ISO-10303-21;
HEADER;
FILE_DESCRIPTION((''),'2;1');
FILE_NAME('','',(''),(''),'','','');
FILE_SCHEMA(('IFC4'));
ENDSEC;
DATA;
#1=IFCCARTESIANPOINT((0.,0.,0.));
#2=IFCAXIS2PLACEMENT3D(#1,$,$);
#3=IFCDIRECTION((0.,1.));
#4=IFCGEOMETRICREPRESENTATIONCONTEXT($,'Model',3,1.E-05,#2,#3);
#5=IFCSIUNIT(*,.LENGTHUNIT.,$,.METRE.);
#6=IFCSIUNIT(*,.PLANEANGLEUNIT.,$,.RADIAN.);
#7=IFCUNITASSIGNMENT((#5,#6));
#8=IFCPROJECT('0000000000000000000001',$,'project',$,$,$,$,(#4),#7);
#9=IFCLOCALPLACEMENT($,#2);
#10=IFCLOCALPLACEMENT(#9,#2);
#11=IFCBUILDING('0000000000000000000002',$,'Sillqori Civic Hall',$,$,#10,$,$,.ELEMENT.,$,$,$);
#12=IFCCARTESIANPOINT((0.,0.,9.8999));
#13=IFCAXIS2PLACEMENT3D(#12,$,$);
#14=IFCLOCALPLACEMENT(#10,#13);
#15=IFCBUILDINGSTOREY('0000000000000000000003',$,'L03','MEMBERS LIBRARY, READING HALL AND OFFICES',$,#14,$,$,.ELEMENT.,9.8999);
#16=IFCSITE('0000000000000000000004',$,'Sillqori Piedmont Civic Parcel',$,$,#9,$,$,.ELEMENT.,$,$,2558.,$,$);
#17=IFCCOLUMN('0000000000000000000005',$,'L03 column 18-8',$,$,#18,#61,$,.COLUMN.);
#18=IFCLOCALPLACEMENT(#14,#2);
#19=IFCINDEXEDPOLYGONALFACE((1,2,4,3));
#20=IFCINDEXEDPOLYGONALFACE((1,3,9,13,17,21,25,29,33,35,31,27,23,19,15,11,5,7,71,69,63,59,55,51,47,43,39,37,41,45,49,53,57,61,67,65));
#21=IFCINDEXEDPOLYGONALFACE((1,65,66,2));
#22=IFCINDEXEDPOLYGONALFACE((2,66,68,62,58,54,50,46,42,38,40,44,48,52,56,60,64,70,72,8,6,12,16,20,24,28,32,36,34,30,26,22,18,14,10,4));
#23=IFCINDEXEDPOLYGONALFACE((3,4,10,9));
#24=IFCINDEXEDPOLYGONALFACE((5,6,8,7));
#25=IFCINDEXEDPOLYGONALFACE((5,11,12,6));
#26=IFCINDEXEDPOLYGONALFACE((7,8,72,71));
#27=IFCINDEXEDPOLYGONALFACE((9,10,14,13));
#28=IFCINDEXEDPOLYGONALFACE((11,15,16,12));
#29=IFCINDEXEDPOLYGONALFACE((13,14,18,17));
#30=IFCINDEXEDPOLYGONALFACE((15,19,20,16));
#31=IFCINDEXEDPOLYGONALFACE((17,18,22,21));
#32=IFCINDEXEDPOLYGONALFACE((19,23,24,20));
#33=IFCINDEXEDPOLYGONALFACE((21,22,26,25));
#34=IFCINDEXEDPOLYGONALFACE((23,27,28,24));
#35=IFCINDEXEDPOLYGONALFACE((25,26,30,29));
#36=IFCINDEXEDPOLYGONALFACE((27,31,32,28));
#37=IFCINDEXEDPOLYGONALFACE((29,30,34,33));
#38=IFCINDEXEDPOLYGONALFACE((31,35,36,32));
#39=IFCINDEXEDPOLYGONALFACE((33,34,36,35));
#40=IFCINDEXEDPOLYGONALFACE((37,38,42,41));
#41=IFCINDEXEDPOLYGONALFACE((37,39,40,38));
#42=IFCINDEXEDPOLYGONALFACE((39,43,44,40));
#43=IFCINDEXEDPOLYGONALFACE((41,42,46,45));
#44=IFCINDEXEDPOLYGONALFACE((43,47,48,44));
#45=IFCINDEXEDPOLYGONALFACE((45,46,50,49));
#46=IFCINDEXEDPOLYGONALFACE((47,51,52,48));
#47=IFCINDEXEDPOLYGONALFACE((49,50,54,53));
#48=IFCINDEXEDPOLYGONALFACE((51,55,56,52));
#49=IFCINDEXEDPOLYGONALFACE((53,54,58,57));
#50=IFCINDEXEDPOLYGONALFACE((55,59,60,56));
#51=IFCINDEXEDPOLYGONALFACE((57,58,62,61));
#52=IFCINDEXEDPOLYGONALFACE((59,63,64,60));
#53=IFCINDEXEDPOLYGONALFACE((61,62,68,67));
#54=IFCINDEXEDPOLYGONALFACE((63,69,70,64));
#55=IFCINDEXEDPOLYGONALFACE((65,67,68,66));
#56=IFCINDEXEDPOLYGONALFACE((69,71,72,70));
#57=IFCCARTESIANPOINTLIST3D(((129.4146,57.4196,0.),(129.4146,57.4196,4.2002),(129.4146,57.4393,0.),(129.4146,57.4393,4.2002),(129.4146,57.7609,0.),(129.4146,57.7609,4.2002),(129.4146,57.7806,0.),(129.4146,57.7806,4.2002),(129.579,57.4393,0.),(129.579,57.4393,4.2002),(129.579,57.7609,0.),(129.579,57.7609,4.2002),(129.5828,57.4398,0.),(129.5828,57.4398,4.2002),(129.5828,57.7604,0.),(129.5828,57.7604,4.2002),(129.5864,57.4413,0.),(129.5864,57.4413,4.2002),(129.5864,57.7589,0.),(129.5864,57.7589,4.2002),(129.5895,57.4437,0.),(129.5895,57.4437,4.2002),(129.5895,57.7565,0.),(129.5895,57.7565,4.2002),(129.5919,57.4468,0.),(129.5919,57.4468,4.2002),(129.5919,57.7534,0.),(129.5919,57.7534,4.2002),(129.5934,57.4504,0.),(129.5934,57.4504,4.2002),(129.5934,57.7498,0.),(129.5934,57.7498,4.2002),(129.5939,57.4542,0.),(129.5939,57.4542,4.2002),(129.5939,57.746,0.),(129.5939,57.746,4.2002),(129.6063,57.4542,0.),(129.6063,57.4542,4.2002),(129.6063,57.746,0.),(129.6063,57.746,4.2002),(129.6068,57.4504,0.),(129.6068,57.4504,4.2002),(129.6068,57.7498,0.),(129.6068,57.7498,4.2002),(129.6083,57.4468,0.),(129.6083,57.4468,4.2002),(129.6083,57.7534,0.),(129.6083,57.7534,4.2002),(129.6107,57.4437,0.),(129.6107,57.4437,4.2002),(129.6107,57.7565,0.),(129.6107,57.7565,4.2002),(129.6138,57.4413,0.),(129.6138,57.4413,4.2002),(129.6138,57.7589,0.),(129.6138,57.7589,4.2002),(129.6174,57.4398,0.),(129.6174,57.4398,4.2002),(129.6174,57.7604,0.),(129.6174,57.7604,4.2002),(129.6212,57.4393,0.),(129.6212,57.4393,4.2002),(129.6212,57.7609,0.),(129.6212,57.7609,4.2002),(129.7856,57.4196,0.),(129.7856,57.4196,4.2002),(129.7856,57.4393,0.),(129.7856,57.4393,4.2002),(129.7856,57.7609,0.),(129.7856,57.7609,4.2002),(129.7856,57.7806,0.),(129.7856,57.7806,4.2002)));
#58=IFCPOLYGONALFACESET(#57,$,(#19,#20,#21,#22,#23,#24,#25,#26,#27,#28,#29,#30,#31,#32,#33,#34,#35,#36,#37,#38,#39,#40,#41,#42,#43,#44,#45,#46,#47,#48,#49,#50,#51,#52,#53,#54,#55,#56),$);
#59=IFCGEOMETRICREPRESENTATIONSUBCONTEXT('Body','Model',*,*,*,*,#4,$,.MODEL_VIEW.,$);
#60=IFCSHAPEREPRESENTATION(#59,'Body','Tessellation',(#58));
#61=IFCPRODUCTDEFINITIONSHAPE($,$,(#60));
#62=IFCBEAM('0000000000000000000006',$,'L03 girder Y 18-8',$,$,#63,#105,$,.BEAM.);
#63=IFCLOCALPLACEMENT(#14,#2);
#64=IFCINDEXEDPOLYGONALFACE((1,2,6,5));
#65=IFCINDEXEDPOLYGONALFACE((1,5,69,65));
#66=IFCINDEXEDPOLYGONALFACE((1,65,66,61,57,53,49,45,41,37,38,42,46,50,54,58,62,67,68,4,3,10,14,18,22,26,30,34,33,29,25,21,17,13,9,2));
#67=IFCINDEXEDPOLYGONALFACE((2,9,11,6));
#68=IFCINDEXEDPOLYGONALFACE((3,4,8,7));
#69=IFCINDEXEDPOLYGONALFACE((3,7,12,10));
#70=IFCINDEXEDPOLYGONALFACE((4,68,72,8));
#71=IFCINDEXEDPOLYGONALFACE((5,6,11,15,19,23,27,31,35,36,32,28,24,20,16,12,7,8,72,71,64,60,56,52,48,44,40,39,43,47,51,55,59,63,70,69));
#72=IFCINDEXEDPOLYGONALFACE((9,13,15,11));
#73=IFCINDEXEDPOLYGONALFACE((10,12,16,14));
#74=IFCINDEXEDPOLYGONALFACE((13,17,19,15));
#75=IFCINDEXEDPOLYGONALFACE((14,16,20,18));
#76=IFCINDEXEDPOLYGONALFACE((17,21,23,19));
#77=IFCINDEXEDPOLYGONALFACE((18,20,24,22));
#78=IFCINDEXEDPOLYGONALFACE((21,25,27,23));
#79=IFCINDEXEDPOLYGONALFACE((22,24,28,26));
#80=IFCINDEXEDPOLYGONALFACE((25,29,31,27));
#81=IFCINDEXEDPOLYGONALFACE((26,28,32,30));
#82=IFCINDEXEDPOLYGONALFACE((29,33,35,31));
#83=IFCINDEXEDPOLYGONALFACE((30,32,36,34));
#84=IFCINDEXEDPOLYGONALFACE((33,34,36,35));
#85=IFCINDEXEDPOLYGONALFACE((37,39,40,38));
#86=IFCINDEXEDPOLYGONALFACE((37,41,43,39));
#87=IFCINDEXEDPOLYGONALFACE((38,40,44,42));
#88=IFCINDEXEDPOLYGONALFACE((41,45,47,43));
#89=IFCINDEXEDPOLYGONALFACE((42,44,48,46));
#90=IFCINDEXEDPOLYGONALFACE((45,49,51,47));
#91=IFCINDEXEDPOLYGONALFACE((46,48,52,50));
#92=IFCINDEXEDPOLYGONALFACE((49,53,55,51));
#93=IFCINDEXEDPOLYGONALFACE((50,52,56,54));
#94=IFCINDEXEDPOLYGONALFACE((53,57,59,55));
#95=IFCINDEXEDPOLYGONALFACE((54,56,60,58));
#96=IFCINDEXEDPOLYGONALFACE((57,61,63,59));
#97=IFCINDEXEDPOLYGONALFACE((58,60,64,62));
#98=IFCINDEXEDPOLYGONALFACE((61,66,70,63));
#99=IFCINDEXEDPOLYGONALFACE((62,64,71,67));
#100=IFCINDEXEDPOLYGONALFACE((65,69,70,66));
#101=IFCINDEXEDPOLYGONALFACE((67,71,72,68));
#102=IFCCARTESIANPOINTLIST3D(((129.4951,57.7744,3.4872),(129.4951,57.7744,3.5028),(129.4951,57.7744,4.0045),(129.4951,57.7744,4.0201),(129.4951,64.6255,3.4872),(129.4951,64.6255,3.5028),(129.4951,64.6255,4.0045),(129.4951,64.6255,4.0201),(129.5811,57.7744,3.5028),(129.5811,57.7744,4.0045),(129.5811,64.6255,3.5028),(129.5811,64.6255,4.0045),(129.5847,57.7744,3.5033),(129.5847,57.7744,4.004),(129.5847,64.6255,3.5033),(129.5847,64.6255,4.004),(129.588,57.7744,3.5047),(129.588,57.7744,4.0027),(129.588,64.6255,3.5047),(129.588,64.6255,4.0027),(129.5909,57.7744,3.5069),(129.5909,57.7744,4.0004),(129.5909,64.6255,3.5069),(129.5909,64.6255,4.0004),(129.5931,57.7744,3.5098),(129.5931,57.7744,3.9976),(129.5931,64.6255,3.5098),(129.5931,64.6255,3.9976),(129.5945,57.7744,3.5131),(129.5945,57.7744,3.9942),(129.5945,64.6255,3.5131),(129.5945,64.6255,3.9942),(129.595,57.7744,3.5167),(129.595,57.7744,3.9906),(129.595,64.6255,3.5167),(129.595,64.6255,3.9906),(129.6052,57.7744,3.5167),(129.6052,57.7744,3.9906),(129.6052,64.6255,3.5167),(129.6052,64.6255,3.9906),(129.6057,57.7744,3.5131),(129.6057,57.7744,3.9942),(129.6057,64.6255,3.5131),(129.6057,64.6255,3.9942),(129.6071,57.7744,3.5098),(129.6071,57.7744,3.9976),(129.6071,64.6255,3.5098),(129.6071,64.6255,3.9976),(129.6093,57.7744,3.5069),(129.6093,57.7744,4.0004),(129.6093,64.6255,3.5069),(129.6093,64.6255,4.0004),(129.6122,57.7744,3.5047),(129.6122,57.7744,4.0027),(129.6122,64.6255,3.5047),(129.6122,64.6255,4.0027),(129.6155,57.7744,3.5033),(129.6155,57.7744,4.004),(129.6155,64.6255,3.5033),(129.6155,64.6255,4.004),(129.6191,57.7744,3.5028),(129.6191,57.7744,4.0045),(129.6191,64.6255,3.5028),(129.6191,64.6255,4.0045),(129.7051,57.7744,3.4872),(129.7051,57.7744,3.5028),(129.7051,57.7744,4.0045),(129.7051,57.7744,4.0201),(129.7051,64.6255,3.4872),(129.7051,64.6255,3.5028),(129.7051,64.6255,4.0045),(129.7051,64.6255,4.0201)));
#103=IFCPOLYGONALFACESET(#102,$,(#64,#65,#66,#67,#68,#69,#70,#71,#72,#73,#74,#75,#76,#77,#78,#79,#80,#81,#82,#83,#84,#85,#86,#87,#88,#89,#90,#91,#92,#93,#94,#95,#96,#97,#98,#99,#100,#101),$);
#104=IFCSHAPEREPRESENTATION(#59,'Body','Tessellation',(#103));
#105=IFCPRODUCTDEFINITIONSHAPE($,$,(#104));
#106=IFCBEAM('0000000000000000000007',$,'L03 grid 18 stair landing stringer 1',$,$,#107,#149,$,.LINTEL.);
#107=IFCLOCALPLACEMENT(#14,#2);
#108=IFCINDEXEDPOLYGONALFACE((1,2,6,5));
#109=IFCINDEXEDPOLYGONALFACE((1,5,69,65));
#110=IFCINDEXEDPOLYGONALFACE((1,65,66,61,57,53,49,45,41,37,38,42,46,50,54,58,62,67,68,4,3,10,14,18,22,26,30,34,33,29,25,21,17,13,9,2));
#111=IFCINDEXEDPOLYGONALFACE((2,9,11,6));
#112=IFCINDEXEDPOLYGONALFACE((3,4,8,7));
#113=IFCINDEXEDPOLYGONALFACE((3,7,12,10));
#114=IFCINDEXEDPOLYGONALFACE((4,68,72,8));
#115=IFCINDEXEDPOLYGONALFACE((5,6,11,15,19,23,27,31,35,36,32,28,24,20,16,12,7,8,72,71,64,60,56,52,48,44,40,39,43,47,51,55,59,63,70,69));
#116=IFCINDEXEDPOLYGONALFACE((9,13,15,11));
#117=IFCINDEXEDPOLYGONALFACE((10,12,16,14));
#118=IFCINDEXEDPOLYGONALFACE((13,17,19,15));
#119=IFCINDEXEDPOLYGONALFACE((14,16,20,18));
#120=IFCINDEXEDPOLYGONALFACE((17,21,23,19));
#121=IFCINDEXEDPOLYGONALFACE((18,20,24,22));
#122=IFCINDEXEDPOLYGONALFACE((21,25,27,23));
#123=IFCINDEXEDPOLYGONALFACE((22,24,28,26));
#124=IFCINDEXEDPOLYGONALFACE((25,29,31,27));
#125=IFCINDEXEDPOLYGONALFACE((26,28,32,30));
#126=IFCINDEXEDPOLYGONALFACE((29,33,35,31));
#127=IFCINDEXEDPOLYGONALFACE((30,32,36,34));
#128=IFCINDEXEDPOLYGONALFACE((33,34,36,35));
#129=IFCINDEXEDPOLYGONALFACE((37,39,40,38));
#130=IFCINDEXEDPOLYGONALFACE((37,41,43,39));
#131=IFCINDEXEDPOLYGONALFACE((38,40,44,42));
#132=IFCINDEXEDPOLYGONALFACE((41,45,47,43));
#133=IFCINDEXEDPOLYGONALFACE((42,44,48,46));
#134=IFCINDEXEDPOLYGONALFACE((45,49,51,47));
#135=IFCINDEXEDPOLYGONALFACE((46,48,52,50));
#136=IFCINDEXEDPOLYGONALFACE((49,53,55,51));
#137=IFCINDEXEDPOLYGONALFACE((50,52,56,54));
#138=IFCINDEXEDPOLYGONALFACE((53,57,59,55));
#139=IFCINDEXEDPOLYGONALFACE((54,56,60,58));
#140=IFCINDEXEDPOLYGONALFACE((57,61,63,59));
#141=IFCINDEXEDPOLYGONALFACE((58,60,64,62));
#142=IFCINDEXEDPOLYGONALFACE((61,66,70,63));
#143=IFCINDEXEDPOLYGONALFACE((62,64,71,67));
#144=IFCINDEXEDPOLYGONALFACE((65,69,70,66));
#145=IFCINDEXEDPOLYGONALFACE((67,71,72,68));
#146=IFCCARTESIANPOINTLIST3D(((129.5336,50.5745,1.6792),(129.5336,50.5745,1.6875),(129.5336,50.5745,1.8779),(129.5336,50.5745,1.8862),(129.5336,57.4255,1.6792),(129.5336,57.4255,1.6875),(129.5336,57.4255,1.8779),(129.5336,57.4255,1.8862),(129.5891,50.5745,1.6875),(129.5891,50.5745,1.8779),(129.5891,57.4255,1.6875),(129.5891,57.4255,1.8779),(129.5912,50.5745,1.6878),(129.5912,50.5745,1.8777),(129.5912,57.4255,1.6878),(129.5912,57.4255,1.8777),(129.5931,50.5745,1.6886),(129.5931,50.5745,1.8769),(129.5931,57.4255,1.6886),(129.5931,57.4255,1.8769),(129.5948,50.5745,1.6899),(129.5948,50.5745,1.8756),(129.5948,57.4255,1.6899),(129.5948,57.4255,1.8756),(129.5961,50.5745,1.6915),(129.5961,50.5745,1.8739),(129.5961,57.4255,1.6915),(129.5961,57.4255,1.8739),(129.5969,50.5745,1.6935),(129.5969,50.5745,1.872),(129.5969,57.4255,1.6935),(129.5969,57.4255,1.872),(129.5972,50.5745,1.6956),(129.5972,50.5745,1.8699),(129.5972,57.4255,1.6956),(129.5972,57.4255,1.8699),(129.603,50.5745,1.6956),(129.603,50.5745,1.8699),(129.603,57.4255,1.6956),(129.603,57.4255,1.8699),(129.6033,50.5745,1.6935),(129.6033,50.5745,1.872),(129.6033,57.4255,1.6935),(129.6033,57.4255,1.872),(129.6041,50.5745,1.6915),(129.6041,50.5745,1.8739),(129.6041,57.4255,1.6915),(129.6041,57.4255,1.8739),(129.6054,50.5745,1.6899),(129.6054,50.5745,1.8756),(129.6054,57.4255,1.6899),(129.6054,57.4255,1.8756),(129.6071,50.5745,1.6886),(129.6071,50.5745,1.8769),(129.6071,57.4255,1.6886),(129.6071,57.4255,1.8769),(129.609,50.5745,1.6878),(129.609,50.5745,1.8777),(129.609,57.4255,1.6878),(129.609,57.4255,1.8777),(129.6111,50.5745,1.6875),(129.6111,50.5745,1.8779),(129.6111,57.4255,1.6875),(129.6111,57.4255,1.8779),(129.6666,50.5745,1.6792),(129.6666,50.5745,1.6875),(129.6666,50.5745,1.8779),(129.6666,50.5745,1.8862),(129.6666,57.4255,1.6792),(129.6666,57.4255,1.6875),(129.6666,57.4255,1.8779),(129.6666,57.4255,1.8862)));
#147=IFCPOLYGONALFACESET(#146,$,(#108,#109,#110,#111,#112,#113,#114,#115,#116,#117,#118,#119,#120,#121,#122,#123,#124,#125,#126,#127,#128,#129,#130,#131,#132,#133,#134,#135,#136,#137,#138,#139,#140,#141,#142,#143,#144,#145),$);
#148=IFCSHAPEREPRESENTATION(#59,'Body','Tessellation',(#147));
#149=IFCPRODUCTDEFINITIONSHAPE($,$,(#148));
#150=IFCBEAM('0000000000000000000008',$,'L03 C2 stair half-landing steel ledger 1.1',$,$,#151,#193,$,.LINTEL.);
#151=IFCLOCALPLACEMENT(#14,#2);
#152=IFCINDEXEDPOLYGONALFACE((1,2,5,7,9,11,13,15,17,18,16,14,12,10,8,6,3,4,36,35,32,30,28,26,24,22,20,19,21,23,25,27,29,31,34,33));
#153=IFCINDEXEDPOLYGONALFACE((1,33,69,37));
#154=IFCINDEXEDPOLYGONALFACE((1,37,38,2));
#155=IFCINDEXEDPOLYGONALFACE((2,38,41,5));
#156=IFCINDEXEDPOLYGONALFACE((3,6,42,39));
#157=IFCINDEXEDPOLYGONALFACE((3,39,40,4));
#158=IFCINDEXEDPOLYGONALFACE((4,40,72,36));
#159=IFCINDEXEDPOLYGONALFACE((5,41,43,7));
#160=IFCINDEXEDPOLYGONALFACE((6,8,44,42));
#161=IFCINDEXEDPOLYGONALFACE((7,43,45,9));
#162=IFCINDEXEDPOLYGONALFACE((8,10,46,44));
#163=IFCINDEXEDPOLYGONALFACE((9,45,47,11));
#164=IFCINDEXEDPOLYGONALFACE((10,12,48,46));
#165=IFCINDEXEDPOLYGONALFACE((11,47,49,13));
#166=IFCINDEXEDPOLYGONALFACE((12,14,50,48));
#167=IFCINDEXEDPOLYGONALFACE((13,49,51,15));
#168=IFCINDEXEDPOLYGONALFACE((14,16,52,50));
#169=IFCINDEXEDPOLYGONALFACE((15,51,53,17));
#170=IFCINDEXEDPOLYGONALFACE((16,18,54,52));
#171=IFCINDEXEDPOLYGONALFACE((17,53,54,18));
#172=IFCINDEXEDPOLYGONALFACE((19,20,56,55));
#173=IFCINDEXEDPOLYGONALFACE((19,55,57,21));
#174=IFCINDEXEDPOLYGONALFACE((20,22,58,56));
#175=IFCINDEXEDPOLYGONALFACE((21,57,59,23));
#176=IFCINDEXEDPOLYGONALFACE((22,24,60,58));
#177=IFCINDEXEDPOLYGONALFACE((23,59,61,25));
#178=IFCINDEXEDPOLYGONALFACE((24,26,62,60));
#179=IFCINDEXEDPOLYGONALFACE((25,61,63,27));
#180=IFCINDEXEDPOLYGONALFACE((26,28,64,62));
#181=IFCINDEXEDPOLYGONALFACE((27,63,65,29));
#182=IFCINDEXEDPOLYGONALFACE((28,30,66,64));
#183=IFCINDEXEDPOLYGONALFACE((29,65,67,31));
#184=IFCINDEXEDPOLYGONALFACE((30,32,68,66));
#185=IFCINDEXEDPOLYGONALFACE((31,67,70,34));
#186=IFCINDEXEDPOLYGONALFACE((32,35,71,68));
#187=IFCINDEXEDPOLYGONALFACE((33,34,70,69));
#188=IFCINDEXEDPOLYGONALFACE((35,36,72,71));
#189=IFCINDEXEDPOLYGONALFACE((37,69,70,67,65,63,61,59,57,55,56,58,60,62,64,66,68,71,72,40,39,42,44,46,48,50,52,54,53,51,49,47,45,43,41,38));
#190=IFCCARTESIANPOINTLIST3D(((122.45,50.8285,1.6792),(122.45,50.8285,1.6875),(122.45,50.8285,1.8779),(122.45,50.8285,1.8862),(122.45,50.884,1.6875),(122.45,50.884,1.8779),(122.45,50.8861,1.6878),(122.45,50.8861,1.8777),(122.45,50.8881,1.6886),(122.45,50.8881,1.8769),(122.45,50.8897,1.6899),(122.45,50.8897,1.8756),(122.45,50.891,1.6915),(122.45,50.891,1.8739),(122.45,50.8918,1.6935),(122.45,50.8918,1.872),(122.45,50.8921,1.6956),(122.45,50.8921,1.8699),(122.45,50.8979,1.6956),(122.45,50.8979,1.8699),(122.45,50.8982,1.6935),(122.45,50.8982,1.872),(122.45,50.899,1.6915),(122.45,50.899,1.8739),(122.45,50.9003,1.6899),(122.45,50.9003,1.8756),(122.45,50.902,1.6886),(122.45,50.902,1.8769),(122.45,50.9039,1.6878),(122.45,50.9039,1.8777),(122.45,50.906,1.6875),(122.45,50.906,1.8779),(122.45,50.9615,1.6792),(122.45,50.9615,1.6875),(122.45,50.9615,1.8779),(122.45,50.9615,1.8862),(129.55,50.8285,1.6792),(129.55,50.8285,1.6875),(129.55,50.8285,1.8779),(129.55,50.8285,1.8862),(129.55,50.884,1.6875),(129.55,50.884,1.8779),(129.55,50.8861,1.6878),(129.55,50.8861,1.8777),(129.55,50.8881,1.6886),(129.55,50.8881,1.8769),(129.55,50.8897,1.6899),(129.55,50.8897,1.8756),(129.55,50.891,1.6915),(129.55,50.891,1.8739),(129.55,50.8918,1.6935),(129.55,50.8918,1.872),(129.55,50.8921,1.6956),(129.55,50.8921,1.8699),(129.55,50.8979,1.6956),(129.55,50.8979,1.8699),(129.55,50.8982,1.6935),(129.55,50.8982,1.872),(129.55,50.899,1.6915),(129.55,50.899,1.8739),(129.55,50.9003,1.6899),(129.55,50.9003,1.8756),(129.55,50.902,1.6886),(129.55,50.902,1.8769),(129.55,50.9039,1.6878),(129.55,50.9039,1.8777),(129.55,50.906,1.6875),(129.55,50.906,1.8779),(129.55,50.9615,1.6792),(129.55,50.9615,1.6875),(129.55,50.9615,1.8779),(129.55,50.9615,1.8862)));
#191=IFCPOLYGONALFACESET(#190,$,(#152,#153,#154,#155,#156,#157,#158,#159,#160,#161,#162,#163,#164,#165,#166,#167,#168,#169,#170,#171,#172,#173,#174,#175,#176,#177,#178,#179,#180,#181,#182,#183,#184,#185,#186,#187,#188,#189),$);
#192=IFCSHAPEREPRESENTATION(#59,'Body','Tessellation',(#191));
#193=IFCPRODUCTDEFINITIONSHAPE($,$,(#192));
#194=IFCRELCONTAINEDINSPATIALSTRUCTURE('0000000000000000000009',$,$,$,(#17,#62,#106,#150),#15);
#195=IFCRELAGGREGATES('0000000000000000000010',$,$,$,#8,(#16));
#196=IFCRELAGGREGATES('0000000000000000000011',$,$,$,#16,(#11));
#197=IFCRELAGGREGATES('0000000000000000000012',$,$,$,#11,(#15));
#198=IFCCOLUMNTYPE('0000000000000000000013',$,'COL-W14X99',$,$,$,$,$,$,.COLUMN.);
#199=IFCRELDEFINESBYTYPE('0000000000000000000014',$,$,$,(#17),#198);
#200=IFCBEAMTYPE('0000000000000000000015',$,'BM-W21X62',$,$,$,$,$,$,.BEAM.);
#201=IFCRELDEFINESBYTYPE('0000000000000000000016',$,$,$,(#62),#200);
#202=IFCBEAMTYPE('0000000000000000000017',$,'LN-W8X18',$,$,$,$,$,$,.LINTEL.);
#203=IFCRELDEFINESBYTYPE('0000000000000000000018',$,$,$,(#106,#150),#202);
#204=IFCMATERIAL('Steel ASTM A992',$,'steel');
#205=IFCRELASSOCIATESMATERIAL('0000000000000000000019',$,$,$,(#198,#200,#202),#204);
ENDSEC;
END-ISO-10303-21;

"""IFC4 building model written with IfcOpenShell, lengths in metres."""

from ifc_helpers import new_model, si_unit, direction, frame, origin, origin_2d, place, context, subcontext, project, spatial, i_section, extrude, material, material_profile, profile_set, type_object, element, save


model = new_model("IFC4")

# Units and contexts
model_context = context("Model", 3, precision=1e-05, world=origin(), true_north=direction((0.0, 1.0)))
body_context = subcontext(model_context, "Body", "Model", "MODEL_VIEW")
ifc_project = project(units=[si_unit("LENGTHUNIT", "METRE"), si_unit("PLANEANGLEUNIT", "RADIAN")], contexts=[model_context])

# Site, building, storey
site_placement = place(None, origin())
site = spatial("IfcSite", under=ifc_project, at=site_placement, Name="Sillqori Piedmont Civic Parcel", CompositionType="ELEMENT", RefElevation=2558.0)
building_placement = place(site_placement, origin())
building = spatial("IfcBuilding", under=site, at=building_placement, Name="Sillqori Civic Hall", CompositionType="ELEMENT")
storey_placement = place(building_placement, frame((0.0, 0.0, 9.8999)))
storey = spatial("IfcBuildingStorey", under=building, at=storey_placement, Name="L03", Description="MEMBERS LIBRARY, READING HALL AND OFFICES", CompositionType="ELEMENT", Elevation=9.8999)

# Column
ifc_material_1 = material(Name="Steel ASTM A992", Category="steel")
ifc_material_profile_1 = material_profile(ifc_material_1, i_section(OverallWidth=0.3711, OverallDepth=0.3611, WebThickness=0.0125, FlangeThickness=0.0198, FilletRadius=0.0149, at=origin_2d()), Name="W14X99")
ifc_profile_set_1 = profile_set([ifc_material_profile_1], Name="Steel ASTM A992")
column_type = type_object("IfcColumnType", Name="COL-W14X99", PredefinedType="COLUMN", material=ifc_profile_set_1)
column_placement = place(storey_placement, frame((129.6001, 57.6001, 0.0), z_axis=(0.0, 0.0, 1.0), x_axis=(1.0, 0.0, 0.0)))
element("IfcColumn", 1, at=column_placement, inside=storey, type_object=column_type, Name="L03 column 18-8", PredefinedType="COLUMN", context=body_context, shape_type="SweptSolid", body=[
    extrude(i_section(OverallWidth=0.3711, OverallDepth=0.3611, WebThickness=0.0125, FlangeThickness=0.0198, FilletRadius=0.0149, at=origin_2d()), origin(), (0.0, 0.0, 1.0), 4.2002),
])

# Beams
ifc_material_profile_2 = material_profile(ifc_material_1, i_section(OverallWidth=0.21, OverallDepth=0.533, WebThickness=0.0103, FlangeThickness=0.0156, FilletRadius=0.0139, at=origin_2d()), Name="W21X62")
ifc_profile_set_2 = profile_set([ifc_material_profile_2], Name="Steel ASTM A992")
beam_type_1 = type_object("IfcBeamType", Name="BM-W21X62", PredefinedType="BEAM", material=ifc_profile_set_2)
beam_1_placement = place(storey_placement, frame((129.6001, 57.7744, 3.7537), z_axis=(0.0, 1.0, 0.0), x_axis=(-1.0, 0.0, 0.0)))
element("IfcBeam", 2, at=beam_1_placement, inside=storey, type_object=beam_type_1, Name="L03 girder Y 18-8", PredefinedType="BEAM", context=body_context, shape_type="SweptSolid", body=[
    extrude(i_section(OverallWidth=0.21, OverallDepth=0.533, WebThickness=0.0103, FlangeThickness=0.0156, FilletRadius=0.0139, at=origin_2d()), origin(), (0.0, 0.0, 1.0), 6.8511),
])
ifc_material_profile_3 = material_profile(ifc_material_1, i_section(OverallWidth=0.1331, OverallDepth=0.207, WebThickness=0.0059, FlangeThickness=0.0083, FilletRadius=0.0081, at=origin_2d()), Name="W8X18")
ifc_profile_set_3 = profile_set([ifc_material_profile_3], Name="Steel ASTM A992")
beam_type_2 = type_object("IfcBeamType", Name="LN-W8X18", PredefinedType="LINTEL", material=ifc_profile_set_3)
beam_2_placement = place(storey_placement, frame((129.6001, 50.5745, 1.7827), z_axis=(0.0, 1.0, 0.0), x_axis=(-1.0, 0.0, 0.0)))
element("IfcBeam", 3, at=beam_2_placement, inside=storey, type_object=beam_type_2, Name="L03 grid 18 stair landing stringer 1", PredefinedType="LINTEL", context=body_context, shape_type="SweptSolid", body=[
    extrude(i_section(OverallWidth=0.1331, OverallDepth=0.207, WebThickness=0.0059, FlangeThickness=0.0083, FilletRadius=0.0081, at=origin_2d()), origin(), (0.0, 0.0, 1.0), 6.8511),
])
for number, where, z_axis, x_axis, name in (
    (4, (122.45, 50.895, 1.7827), (1.0, 0.0, 0.0), (0.0, 1.0, 0.0), "L03 C2 stair half-landing steel ledger 1.1"),
):
    element("IfcBeam", number, at=place(storey_placement, frame(where, z_axis=z_axis, x_axis=x_axis)), inside=storey, type_object=beam_type_2, Name=name, PredefinedType="LINTEL", context=body_context, shape_type="SweptSolid", body=[
        extrude(i_section(OverallWidth=0.1331, OverallDepth=0.207, WebThickness=0.0059, FlangeThickness=0.0083, FilletRadius=0.0081, at=origin_2d()), origin(), (0.0, 0.0, 1.0), 7.1001),
    ])

save(model, "model.ifc")
